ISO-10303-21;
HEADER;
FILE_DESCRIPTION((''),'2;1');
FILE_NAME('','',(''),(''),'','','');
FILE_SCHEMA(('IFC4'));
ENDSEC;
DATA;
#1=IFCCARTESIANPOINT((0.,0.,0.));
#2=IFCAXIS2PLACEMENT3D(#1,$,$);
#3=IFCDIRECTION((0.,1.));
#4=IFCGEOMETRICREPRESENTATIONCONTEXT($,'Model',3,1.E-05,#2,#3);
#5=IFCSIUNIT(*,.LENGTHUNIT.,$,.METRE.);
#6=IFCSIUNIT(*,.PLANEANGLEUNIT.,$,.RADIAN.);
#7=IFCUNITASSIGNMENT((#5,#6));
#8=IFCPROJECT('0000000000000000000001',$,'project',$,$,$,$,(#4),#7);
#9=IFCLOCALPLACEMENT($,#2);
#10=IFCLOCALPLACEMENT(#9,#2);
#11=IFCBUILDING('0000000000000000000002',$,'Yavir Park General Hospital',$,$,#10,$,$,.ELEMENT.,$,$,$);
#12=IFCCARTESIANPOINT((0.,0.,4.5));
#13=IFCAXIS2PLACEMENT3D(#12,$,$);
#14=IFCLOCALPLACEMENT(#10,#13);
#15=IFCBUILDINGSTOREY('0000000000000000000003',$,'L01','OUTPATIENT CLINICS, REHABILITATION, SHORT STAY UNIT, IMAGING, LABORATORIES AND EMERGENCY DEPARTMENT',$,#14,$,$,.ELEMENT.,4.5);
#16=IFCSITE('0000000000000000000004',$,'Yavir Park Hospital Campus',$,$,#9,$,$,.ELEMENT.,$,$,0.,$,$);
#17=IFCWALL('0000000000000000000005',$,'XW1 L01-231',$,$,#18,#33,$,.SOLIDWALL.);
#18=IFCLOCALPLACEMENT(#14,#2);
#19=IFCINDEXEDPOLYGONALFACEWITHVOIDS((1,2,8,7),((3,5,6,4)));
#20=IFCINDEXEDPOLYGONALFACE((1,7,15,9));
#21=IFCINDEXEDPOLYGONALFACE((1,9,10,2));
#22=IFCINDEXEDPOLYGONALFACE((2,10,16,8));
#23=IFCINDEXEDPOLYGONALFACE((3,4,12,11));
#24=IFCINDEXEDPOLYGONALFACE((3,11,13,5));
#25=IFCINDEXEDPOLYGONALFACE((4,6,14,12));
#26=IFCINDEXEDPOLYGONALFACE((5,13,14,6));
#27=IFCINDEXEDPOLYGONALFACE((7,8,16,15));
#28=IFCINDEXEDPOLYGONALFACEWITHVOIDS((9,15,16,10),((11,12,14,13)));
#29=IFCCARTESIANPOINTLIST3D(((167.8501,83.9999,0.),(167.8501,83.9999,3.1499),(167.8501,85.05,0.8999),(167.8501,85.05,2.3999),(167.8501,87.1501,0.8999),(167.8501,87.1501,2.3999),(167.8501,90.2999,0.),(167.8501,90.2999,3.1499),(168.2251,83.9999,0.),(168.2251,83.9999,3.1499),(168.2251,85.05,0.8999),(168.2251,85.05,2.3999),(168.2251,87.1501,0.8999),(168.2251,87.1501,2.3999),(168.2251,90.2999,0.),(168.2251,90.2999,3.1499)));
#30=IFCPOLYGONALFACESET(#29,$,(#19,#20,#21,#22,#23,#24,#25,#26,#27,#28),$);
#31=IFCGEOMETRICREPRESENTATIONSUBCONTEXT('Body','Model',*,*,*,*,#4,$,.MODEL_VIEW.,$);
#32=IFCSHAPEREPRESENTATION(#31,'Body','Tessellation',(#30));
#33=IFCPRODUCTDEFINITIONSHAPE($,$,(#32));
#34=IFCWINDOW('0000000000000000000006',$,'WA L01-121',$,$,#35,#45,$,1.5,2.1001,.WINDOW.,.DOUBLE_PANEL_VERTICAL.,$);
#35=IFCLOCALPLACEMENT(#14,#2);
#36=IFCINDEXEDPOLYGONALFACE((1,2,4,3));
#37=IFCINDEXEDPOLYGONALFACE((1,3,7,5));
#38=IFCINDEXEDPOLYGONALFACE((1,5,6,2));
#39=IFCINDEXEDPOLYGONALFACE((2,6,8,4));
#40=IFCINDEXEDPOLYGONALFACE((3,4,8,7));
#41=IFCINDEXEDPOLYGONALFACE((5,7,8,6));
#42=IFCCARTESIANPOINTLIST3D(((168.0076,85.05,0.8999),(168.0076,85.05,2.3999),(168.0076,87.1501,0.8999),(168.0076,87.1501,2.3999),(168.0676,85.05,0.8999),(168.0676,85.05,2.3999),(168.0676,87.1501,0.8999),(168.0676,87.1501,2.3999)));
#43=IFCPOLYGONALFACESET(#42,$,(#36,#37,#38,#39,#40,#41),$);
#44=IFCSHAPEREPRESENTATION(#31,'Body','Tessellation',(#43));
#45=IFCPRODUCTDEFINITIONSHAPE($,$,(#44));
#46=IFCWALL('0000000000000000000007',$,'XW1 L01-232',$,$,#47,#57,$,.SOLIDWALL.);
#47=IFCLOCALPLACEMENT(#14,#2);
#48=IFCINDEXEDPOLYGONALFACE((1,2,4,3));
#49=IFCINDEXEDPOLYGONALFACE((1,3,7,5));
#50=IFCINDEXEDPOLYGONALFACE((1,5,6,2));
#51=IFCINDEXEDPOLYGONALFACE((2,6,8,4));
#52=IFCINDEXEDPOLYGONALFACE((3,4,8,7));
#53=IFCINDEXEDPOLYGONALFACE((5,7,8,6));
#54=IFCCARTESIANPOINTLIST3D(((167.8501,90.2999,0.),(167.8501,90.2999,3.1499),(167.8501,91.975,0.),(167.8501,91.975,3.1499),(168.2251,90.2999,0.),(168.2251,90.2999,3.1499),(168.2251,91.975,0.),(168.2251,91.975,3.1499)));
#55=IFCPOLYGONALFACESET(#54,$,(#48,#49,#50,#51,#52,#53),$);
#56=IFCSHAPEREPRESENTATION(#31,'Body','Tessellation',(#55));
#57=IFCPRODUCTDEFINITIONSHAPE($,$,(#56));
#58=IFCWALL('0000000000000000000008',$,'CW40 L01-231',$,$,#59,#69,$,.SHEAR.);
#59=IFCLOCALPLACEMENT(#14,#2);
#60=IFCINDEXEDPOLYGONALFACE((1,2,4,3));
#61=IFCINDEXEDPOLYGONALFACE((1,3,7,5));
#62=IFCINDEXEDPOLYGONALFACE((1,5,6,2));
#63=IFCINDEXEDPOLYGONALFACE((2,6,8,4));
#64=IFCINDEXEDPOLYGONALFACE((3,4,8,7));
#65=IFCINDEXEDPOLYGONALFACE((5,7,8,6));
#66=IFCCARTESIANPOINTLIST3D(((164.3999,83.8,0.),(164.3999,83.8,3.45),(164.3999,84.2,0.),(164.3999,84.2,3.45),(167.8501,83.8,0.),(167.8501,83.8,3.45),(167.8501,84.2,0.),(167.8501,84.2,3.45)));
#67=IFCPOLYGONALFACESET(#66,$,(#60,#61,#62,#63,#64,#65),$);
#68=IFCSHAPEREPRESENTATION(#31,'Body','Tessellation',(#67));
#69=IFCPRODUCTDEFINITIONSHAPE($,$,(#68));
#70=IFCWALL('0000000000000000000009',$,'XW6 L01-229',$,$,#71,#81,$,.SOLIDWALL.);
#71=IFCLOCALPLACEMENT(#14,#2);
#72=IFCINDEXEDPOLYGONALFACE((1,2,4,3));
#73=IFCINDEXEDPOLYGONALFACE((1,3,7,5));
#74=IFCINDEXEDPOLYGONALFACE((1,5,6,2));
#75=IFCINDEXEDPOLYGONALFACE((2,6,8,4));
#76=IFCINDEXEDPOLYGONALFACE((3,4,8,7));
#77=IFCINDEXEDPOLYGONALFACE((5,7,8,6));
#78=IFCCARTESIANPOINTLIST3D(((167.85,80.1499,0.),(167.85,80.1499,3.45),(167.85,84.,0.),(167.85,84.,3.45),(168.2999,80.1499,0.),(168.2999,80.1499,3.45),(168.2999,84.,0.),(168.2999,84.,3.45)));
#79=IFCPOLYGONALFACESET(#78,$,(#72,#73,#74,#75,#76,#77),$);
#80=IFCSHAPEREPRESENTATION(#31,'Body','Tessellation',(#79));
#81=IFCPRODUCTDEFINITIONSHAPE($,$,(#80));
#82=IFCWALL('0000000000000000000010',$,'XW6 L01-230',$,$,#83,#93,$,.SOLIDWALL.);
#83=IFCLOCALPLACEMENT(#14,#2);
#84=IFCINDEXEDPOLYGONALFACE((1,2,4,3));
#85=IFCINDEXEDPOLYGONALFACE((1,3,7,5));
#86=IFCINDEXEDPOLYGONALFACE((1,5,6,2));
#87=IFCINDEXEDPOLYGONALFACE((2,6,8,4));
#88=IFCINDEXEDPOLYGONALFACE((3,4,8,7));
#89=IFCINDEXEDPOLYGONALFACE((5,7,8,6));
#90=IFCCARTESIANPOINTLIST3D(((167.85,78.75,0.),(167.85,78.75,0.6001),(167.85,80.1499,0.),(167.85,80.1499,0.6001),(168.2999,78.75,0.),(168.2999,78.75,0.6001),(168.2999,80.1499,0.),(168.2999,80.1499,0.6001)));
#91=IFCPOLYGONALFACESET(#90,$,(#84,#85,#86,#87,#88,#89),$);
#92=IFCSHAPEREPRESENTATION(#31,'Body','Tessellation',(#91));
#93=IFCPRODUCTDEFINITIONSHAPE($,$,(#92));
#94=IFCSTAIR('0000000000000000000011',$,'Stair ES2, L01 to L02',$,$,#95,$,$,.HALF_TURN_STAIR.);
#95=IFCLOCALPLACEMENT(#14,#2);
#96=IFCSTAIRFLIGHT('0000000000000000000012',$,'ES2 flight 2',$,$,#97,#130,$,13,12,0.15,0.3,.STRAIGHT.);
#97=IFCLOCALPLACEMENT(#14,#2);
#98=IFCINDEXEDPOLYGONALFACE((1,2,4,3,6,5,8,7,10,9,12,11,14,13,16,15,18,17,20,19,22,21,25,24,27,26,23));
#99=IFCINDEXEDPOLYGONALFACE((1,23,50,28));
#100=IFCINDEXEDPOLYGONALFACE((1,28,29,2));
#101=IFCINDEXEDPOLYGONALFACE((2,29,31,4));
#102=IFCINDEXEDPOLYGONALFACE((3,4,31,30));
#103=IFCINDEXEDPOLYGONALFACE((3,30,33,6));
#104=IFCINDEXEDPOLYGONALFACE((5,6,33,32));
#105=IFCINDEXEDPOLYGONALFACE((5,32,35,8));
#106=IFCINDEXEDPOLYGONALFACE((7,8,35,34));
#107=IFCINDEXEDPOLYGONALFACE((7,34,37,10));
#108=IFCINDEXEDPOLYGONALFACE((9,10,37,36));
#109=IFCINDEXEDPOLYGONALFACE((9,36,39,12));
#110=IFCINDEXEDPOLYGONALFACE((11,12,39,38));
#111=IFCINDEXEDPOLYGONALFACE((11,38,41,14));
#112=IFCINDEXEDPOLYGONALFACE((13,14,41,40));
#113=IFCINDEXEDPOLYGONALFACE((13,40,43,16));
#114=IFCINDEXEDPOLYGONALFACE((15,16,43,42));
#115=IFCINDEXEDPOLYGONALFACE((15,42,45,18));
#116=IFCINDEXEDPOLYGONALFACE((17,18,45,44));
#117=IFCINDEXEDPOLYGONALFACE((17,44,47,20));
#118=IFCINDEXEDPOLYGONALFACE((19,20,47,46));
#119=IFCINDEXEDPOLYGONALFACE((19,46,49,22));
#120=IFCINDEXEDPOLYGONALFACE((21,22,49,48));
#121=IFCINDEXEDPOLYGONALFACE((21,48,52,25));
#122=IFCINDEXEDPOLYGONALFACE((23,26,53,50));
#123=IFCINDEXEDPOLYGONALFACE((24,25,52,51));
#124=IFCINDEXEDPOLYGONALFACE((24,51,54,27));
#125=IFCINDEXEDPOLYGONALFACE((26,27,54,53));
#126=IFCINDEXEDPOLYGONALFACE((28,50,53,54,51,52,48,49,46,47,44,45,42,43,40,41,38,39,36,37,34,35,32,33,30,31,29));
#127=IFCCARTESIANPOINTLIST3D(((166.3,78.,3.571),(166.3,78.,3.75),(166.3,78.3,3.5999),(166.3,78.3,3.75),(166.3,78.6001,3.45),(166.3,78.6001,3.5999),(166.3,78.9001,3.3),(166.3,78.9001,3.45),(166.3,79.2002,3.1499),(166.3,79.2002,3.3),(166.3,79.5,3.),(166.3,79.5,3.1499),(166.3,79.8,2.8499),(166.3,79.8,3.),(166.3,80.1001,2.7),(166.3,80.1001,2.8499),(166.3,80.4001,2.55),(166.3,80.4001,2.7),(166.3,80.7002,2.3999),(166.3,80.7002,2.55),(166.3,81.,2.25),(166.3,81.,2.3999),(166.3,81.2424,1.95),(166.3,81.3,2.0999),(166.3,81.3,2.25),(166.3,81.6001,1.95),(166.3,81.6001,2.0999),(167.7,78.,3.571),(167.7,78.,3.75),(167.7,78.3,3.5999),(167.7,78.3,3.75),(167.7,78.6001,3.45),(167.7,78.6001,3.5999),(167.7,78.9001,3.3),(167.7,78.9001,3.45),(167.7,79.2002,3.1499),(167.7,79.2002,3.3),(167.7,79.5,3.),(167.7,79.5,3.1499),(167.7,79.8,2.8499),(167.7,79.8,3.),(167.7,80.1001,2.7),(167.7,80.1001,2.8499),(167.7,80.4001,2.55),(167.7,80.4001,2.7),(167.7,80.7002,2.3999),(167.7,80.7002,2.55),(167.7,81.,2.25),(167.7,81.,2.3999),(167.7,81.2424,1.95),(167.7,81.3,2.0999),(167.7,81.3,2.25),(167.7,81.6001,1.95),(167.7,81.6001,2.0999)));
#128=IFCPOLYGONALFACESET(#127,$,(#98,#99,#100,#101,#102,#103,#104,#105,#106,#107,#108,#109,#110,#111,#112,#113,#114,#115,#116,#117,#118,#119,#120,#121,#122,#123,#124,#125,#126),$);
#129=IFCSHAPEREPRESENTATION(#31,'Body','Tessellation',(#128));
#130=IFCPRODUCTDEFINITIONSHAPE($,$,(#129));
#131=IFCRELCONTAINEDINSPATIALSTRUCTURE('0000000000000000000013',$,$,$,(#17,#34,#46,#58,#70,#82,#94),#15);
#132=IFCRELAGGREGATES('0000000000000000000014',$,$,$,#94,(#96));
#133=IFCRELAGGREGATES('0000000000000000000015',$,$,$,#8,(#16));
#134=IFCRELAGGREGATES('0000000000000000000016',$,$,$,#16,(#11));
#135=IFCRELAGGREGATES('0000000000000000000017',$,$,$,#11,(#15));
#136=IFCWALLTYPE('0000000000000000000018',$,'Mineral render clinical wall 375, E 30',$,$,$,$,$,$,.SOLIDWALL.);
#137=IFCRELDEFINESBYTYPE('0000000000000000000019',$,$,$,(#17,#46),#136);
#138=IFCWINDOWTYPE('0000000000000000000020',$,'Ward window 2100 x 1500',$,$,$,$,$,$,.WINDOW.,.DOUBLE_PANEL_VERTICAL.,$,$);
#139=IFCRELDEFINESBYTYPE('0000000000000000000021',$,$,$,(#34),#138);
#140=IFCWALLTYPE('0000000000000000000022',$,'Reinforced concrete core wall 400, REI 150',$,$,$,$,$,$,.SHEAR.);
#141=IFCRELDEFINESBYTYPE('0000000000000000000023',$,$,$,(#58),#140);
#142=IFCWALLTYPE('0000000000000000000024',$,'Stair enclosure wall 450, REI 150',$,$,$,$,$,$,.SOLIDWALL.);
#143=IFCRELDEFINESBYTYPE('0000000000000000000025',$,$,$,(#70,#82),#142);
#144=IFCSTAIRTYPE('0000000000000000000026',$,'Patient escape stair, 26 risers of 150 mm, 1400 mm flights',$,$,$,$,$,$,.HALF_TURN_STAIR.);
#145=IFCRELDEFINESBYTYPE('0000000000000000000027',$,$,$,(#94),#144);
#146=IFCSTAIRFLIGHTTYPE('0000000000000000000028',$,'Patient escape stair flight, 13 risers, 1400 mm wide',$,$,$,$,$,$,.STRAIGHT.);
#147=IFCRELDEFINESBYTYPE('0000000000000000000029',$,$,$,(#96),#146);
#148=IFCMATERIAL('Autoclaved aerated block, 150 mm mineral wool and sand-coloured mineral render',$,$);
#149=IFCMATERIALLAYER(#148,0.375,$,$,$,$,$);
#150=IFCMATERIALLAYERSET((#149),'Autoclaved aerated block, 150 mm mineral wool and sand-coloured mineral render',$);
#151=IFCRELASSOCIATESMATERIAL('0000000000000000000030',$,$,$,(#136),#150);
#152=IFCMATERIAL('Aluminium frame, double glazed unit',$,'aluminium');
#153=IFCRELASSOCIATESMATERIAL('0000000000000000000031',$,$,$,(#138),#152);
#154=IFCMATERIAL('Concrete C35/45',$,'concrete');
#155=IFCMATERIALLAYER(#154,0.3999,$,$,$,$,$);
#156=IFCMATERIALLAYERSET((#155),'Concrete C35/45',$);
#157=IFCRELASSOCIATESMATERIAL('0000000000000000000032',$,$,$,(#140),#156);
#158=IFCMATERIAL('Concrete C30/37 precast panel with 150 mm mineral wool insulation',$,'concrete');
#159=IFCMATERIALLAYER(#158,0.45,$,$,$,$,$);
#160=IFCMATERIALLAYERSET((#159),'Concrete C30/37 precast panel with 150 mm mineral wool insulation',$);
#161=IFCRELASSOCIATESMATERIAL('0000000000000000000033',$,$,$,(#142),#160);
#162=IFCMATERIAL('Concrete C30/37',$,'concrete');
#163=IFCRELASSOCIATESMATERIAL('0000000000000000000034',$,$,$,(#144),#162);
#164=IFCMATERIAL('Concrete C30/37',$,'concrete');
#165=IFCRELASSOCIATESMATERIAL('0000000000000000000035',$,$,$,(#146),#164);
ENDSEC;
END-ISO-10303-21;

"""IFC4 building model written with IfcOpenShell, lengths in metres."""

from ifc_helpers import new_model, si_unit, direction, frame, frame_2d, origin, place, context, subcontext, project, spatial, polyline, rectangle, outline, extrude, material, layer, layer_set, type_object, element, fill, aggregate, save


model = new_model("IFC4")

# Units and contexts
model_context = context("Model", 3, precision=1e-05, world=origin(), true_north=direction((0.0, 1.0)))
body_context = subcontext(model_context, "Body", "Model", "MODEL_VIEW")
ifc_project = project(units=[si_unit("LENGTHUNIT", "METRE"), si_unit("PLANEANGLEUNIT", "RADIAN")], contexts=[model_context])

# Site, building, storey
site_placement = place(None, origin())
site = spatial("IfcSite", under=ifc_project, at=site_placement, Name="Yavir Park Hospital Campus", CompositionType="ELEMENT", RefElevation=0.0)
building_placement = place(site_placement, origin())
building = spatial("IfcBuilding", under=site, at=building_placement, Name="Yavir Park General Hospital", CompositionType="ELEMENT")
storey_placement = place(building_placement, frame((0.0, 0.0, 4.5)))
storey = spatial("IfcBuildingStorey", under=building, at=storey_placement, Name="L01", Description="OUTPATIENT CLINICS, REHABILITATION, SHORT STAY UNIT, IMAGING, LABORATORIES AND EMERGENCY DEPARTMENT", CompositionType="ELEMENT", Elevation=4.5)

# Wall, opening, window
ifc_material_1 = material(Name="Autoclaved aerated block, 150 mm mineral wool and sand-coloured mineral render")
ifc_layer_1 = layer(ifc_material_1, 0.375)
ifc_layer_set_1 = layer_set([ifc_layer_1], Name="Autoclaved aerated block, 150 mm mineral wool and sand-coloured mineral render")
wall_type_1 = type_object("IfcWallType", Name="Mineral render clinical wall 375, E 30", PredefinedType="SOLIDWALL", material=ifc_layer_set_1)
wall_1_placement = place(storey_placement, frame((168.0376, 84.0, 0.0), z_axis=(0.0, 0.0, 1.0), x_axis=(0.0, 1.0, 0.0)))
wall_1 = element("IfcWall", 1, at=wall_1_placement, inside=storey, type_object=wall_type_1, Name="XW1 L01-231", PredefinedType="SOLIDWALL", context=body_context, shape_type="SweptSolid", body=[
    extrude(rectangle(XDim=6.3, YDim=0.375, at=frame_2d((3.1499, 0.0))), origin(), (0.0, 0.0, 1.0), 3.1499),
])
opening_1_placement = place(wall_1_placement, frame((1.05, 0.0, 0.8999)))
opening_1 = element("IfcOpeningElement", 2, at=opening_1_placement, cuts=wall_1, PredefinedType="OPENING", context=body_context, shape_type="SweptSolid", body=[
    extrude(rectangle(XDim=2.1001, YDim=1.5, at=frame_2d((1.05, 0.75))), frame((0.0, 0.1975, 0.0), z_axis=(0.0, -1.0, 0.0), x_axis=(1.0, 0.0, 0.0)), (0.0, 0.0, 1.0), 0.395),
])
ifc_material_2 = material(Name="Aluminium frame, double glazed unit", Category="aluminium")
window_type = type_object("IfcWindowType", Name="Ward window 2100 x 1500", PartitioningType="DOUBLE_PANEL_VERTICAL", PredefinedType="WINDOW", material=ifc_material_2)
window_placement = place(opening_1_placement, origin())
window = element("IfcWindow", 3, at=window_placement, inside=storey, type_object=window_type, Name="WA L01-121", OverallHeight=1.5, OverallWidth=2.1001, PartitioningType="DOUBLE_PANEL_VERTICAL", PredefinedType="WINDOW", context=body_context, shape_type="SweptSolid", body=[
    extrude(rectangle(XDim=2.1001, YDim=1.5, at=frame_2d((1.05, 0.75))), frame((0.0, 0.03, 0.0), z_axis=(0.0, -1.0, 0.0), x_axis=(1.0, 0.0, 0.0)), (0.0, 0.0, 1.0), 0.0601),
])
fill(opening_1, window)

# Walls
wall_2_placement = place(storey_placement, frame((168.0376, 90.3, 0.0), z_axis=(0.0, 0.0, 1.0), x_axis=(0.0, 1.0, 0.0)))
element("IfcWall", 4, at=wall_2_placement, inside=storey, type_object=wall_type_1, Name="XW1 L01-232", PredefinedType="SOLIDWALL", context=body_context, shape_type="SweptSolid", body=[
    extrude(rectangle(XDim=1.675, YDim=0.375, at=frame_2d((0.8374, 0.0))), origin(), (0.0, 0.0, 1.0), 3.1499),
])
ifc_material_3 = material(Name="Concrete C35/45", Category="concrete")
ifc_layer_2 = layer(ifc_material_3, 0.3999)
ifc_layer_set_2 = layer_set([ifc_layer_2], Name="Concrete C35/45")
wall_type_2 = type_object("IfcWallType", Name="Reinforced concrete core wall 400, REI 150", PredefinedType="SHEAR", material=ifc_layer_set_2)
wall_3_placement = place(storey_placement, frame((164.3999, 84.0, 0.0), z_axis=(0.0, 0.0, 1.0), x_axis=(1.0, 0.0, 0.0)))
element("IfcWall", 5, at=wall_3_placement, inside=storey, type_object=wall_type_2, Name="CW40 L01-231", PredefinedType="SHEAR", context=body_context, shape_type="SweptSolid", body=[
    extrude(rectangle(XDim=3.4502, YDim=0.3999, at=frame_2d((1.7251, 0.0))), origin(), (0.0, 0.0, 1.0), 3.45),
])
ifc_material_4 = material(Name="Concrete C30/37 precast panel with 150 mm mineral wool insulation", Category="concrete")
ifc_layer_3 = layer(ifc_material_4, 0.45)
ifc_layer_set_3 = layer_set([ifc_layer_3], Name="Concrete C30/37 precast panel with 150 mm mineral wool insulation")
wall_type_3 = type_object("IfcWallType", Name="Stair enclosure wall 450, REI 150", PredefinedType="SOLIDWALL", material=ifc_layer_set_3)
wall_4_placement = place(storey_placement, frame((168.075, 80.1499, 0.0), z_axis=(0.0, 0.0, 1.0), x_axis=(0.0, 1.0, 0.0)))
element("IfcWall", 6, at=wall_4_placement, inside=storey, type_object=wall_type_3, Name="XW6 L01-229", PredefinedType="SOLIDWALL", context=body_context, shape_type="SweptSolid", body=[
    extrude(rectangle(XDim=3.8501, YDim=0.45, at=frame_2d((1.925, 0.0))), origin(), (0.0, 0.0, 1.0), 3.45),
])
wall_5_placement = place(storey_placement, frame((168.075, 78.75, 0.0), z_axis=(0.0, 0.0, 1.0), x_axis=(0.0, 1.0, 0.0)))
element("IfcWall", 7, at=wall_5_placement, inside=storey, type_object=wall_type_3, Name="XW6 L01-230", PredefinedType="SOLIDWALL", context=body_context, shape_type="SweptSolid", body=[
    extrude(rectangle(XDim=1.3999, YDim=0.45, at=frame_2d((0.7, 0.0))), origin(), (0.0, 0.0, 1.0), 0.6001),
])

# Stair, stair flight
ifc_material_5 = material(Name="Concrete C30/37", Category="concrete")
stair_type = type_object("IfcStairType", Name="Patient escape stair, 26 risers of 150 mm, 1400 mm flights", PredefinedType="HALF_TURN_STAIR", material=ifc_material_5)
stair_placement = place(storey_placement, origin())
stair = element("IfcStair", 8, at=stair_placement, inside=storey, type_object=stair_type, Name="Stair ES2, L01 to L02", PredefinedType="HALF_TURN_STAIR")
ifc_material_6 = material(Name="Concrete C30/37", Category="concrete")
stair_flight_type = type_object("IfcStairFlightType", Name="Patient escape stair flight, 13 risers, 1400 mm wide", PredefinedType="STRAIGHT", material=ifc_material_6)
stair_flight_placement = place(storey_placement, frame((167.0, 81.6001, 1.95), z_axis=(0.0, 0.0, 1.0), x_axis=(0.0, -1.0, 0.0)))
stair_flight = element("IfcStairFlight", 9, at=stair_flight_placement, type_object=stair_flight_type, Name="ES2 flight 2", NumberOfRisers=13, NumberOfTreads=12, PredefinedType="STRAIGHT", RiserHeight=0.15, TreadLength=0.3, context=body_context, shape_type="SweptSolid", body=[
    extrude(outline(polyline([(0.0, 0.0), (0.0, 0.1499), (0.3, 0.1499), (0.3, 0.3), (0.6001, 0.3), (0.6001, 0.45), (0.8999, 0.45), (0.8999, 0.6001), (1.2, 0.6001), (1.2, 0.75), (1.5, 0.75), (1.5, 0.8999), (1.8, 0.8999), (1.8, 1.05), (2.1001, 1.05), (2.1001, 1.2), (2.3999, 1.2), (2.3999, 1.3501), (2.7, 1.3501), (2.7, 1.5), (3.0, 1.5), (3.0, 1.6499), (3.3, 1.6499), (3.3, 1.8), (3.6001, 1.8), (3.6001, 1.95), (3.6001, 1.6211), (0.3577, 0.0), (0.0, 0.0)])), frame((0.0, 0.7, 0.0), z_axis=(0.0, -1.0, 0.0), x_axis=(1.0, 0.0, 0.0)), (0.0, 0.0, 1.0), 1.3999),
])
aggregate(stair, [stair_flight])

save(model, "model.ifc")
